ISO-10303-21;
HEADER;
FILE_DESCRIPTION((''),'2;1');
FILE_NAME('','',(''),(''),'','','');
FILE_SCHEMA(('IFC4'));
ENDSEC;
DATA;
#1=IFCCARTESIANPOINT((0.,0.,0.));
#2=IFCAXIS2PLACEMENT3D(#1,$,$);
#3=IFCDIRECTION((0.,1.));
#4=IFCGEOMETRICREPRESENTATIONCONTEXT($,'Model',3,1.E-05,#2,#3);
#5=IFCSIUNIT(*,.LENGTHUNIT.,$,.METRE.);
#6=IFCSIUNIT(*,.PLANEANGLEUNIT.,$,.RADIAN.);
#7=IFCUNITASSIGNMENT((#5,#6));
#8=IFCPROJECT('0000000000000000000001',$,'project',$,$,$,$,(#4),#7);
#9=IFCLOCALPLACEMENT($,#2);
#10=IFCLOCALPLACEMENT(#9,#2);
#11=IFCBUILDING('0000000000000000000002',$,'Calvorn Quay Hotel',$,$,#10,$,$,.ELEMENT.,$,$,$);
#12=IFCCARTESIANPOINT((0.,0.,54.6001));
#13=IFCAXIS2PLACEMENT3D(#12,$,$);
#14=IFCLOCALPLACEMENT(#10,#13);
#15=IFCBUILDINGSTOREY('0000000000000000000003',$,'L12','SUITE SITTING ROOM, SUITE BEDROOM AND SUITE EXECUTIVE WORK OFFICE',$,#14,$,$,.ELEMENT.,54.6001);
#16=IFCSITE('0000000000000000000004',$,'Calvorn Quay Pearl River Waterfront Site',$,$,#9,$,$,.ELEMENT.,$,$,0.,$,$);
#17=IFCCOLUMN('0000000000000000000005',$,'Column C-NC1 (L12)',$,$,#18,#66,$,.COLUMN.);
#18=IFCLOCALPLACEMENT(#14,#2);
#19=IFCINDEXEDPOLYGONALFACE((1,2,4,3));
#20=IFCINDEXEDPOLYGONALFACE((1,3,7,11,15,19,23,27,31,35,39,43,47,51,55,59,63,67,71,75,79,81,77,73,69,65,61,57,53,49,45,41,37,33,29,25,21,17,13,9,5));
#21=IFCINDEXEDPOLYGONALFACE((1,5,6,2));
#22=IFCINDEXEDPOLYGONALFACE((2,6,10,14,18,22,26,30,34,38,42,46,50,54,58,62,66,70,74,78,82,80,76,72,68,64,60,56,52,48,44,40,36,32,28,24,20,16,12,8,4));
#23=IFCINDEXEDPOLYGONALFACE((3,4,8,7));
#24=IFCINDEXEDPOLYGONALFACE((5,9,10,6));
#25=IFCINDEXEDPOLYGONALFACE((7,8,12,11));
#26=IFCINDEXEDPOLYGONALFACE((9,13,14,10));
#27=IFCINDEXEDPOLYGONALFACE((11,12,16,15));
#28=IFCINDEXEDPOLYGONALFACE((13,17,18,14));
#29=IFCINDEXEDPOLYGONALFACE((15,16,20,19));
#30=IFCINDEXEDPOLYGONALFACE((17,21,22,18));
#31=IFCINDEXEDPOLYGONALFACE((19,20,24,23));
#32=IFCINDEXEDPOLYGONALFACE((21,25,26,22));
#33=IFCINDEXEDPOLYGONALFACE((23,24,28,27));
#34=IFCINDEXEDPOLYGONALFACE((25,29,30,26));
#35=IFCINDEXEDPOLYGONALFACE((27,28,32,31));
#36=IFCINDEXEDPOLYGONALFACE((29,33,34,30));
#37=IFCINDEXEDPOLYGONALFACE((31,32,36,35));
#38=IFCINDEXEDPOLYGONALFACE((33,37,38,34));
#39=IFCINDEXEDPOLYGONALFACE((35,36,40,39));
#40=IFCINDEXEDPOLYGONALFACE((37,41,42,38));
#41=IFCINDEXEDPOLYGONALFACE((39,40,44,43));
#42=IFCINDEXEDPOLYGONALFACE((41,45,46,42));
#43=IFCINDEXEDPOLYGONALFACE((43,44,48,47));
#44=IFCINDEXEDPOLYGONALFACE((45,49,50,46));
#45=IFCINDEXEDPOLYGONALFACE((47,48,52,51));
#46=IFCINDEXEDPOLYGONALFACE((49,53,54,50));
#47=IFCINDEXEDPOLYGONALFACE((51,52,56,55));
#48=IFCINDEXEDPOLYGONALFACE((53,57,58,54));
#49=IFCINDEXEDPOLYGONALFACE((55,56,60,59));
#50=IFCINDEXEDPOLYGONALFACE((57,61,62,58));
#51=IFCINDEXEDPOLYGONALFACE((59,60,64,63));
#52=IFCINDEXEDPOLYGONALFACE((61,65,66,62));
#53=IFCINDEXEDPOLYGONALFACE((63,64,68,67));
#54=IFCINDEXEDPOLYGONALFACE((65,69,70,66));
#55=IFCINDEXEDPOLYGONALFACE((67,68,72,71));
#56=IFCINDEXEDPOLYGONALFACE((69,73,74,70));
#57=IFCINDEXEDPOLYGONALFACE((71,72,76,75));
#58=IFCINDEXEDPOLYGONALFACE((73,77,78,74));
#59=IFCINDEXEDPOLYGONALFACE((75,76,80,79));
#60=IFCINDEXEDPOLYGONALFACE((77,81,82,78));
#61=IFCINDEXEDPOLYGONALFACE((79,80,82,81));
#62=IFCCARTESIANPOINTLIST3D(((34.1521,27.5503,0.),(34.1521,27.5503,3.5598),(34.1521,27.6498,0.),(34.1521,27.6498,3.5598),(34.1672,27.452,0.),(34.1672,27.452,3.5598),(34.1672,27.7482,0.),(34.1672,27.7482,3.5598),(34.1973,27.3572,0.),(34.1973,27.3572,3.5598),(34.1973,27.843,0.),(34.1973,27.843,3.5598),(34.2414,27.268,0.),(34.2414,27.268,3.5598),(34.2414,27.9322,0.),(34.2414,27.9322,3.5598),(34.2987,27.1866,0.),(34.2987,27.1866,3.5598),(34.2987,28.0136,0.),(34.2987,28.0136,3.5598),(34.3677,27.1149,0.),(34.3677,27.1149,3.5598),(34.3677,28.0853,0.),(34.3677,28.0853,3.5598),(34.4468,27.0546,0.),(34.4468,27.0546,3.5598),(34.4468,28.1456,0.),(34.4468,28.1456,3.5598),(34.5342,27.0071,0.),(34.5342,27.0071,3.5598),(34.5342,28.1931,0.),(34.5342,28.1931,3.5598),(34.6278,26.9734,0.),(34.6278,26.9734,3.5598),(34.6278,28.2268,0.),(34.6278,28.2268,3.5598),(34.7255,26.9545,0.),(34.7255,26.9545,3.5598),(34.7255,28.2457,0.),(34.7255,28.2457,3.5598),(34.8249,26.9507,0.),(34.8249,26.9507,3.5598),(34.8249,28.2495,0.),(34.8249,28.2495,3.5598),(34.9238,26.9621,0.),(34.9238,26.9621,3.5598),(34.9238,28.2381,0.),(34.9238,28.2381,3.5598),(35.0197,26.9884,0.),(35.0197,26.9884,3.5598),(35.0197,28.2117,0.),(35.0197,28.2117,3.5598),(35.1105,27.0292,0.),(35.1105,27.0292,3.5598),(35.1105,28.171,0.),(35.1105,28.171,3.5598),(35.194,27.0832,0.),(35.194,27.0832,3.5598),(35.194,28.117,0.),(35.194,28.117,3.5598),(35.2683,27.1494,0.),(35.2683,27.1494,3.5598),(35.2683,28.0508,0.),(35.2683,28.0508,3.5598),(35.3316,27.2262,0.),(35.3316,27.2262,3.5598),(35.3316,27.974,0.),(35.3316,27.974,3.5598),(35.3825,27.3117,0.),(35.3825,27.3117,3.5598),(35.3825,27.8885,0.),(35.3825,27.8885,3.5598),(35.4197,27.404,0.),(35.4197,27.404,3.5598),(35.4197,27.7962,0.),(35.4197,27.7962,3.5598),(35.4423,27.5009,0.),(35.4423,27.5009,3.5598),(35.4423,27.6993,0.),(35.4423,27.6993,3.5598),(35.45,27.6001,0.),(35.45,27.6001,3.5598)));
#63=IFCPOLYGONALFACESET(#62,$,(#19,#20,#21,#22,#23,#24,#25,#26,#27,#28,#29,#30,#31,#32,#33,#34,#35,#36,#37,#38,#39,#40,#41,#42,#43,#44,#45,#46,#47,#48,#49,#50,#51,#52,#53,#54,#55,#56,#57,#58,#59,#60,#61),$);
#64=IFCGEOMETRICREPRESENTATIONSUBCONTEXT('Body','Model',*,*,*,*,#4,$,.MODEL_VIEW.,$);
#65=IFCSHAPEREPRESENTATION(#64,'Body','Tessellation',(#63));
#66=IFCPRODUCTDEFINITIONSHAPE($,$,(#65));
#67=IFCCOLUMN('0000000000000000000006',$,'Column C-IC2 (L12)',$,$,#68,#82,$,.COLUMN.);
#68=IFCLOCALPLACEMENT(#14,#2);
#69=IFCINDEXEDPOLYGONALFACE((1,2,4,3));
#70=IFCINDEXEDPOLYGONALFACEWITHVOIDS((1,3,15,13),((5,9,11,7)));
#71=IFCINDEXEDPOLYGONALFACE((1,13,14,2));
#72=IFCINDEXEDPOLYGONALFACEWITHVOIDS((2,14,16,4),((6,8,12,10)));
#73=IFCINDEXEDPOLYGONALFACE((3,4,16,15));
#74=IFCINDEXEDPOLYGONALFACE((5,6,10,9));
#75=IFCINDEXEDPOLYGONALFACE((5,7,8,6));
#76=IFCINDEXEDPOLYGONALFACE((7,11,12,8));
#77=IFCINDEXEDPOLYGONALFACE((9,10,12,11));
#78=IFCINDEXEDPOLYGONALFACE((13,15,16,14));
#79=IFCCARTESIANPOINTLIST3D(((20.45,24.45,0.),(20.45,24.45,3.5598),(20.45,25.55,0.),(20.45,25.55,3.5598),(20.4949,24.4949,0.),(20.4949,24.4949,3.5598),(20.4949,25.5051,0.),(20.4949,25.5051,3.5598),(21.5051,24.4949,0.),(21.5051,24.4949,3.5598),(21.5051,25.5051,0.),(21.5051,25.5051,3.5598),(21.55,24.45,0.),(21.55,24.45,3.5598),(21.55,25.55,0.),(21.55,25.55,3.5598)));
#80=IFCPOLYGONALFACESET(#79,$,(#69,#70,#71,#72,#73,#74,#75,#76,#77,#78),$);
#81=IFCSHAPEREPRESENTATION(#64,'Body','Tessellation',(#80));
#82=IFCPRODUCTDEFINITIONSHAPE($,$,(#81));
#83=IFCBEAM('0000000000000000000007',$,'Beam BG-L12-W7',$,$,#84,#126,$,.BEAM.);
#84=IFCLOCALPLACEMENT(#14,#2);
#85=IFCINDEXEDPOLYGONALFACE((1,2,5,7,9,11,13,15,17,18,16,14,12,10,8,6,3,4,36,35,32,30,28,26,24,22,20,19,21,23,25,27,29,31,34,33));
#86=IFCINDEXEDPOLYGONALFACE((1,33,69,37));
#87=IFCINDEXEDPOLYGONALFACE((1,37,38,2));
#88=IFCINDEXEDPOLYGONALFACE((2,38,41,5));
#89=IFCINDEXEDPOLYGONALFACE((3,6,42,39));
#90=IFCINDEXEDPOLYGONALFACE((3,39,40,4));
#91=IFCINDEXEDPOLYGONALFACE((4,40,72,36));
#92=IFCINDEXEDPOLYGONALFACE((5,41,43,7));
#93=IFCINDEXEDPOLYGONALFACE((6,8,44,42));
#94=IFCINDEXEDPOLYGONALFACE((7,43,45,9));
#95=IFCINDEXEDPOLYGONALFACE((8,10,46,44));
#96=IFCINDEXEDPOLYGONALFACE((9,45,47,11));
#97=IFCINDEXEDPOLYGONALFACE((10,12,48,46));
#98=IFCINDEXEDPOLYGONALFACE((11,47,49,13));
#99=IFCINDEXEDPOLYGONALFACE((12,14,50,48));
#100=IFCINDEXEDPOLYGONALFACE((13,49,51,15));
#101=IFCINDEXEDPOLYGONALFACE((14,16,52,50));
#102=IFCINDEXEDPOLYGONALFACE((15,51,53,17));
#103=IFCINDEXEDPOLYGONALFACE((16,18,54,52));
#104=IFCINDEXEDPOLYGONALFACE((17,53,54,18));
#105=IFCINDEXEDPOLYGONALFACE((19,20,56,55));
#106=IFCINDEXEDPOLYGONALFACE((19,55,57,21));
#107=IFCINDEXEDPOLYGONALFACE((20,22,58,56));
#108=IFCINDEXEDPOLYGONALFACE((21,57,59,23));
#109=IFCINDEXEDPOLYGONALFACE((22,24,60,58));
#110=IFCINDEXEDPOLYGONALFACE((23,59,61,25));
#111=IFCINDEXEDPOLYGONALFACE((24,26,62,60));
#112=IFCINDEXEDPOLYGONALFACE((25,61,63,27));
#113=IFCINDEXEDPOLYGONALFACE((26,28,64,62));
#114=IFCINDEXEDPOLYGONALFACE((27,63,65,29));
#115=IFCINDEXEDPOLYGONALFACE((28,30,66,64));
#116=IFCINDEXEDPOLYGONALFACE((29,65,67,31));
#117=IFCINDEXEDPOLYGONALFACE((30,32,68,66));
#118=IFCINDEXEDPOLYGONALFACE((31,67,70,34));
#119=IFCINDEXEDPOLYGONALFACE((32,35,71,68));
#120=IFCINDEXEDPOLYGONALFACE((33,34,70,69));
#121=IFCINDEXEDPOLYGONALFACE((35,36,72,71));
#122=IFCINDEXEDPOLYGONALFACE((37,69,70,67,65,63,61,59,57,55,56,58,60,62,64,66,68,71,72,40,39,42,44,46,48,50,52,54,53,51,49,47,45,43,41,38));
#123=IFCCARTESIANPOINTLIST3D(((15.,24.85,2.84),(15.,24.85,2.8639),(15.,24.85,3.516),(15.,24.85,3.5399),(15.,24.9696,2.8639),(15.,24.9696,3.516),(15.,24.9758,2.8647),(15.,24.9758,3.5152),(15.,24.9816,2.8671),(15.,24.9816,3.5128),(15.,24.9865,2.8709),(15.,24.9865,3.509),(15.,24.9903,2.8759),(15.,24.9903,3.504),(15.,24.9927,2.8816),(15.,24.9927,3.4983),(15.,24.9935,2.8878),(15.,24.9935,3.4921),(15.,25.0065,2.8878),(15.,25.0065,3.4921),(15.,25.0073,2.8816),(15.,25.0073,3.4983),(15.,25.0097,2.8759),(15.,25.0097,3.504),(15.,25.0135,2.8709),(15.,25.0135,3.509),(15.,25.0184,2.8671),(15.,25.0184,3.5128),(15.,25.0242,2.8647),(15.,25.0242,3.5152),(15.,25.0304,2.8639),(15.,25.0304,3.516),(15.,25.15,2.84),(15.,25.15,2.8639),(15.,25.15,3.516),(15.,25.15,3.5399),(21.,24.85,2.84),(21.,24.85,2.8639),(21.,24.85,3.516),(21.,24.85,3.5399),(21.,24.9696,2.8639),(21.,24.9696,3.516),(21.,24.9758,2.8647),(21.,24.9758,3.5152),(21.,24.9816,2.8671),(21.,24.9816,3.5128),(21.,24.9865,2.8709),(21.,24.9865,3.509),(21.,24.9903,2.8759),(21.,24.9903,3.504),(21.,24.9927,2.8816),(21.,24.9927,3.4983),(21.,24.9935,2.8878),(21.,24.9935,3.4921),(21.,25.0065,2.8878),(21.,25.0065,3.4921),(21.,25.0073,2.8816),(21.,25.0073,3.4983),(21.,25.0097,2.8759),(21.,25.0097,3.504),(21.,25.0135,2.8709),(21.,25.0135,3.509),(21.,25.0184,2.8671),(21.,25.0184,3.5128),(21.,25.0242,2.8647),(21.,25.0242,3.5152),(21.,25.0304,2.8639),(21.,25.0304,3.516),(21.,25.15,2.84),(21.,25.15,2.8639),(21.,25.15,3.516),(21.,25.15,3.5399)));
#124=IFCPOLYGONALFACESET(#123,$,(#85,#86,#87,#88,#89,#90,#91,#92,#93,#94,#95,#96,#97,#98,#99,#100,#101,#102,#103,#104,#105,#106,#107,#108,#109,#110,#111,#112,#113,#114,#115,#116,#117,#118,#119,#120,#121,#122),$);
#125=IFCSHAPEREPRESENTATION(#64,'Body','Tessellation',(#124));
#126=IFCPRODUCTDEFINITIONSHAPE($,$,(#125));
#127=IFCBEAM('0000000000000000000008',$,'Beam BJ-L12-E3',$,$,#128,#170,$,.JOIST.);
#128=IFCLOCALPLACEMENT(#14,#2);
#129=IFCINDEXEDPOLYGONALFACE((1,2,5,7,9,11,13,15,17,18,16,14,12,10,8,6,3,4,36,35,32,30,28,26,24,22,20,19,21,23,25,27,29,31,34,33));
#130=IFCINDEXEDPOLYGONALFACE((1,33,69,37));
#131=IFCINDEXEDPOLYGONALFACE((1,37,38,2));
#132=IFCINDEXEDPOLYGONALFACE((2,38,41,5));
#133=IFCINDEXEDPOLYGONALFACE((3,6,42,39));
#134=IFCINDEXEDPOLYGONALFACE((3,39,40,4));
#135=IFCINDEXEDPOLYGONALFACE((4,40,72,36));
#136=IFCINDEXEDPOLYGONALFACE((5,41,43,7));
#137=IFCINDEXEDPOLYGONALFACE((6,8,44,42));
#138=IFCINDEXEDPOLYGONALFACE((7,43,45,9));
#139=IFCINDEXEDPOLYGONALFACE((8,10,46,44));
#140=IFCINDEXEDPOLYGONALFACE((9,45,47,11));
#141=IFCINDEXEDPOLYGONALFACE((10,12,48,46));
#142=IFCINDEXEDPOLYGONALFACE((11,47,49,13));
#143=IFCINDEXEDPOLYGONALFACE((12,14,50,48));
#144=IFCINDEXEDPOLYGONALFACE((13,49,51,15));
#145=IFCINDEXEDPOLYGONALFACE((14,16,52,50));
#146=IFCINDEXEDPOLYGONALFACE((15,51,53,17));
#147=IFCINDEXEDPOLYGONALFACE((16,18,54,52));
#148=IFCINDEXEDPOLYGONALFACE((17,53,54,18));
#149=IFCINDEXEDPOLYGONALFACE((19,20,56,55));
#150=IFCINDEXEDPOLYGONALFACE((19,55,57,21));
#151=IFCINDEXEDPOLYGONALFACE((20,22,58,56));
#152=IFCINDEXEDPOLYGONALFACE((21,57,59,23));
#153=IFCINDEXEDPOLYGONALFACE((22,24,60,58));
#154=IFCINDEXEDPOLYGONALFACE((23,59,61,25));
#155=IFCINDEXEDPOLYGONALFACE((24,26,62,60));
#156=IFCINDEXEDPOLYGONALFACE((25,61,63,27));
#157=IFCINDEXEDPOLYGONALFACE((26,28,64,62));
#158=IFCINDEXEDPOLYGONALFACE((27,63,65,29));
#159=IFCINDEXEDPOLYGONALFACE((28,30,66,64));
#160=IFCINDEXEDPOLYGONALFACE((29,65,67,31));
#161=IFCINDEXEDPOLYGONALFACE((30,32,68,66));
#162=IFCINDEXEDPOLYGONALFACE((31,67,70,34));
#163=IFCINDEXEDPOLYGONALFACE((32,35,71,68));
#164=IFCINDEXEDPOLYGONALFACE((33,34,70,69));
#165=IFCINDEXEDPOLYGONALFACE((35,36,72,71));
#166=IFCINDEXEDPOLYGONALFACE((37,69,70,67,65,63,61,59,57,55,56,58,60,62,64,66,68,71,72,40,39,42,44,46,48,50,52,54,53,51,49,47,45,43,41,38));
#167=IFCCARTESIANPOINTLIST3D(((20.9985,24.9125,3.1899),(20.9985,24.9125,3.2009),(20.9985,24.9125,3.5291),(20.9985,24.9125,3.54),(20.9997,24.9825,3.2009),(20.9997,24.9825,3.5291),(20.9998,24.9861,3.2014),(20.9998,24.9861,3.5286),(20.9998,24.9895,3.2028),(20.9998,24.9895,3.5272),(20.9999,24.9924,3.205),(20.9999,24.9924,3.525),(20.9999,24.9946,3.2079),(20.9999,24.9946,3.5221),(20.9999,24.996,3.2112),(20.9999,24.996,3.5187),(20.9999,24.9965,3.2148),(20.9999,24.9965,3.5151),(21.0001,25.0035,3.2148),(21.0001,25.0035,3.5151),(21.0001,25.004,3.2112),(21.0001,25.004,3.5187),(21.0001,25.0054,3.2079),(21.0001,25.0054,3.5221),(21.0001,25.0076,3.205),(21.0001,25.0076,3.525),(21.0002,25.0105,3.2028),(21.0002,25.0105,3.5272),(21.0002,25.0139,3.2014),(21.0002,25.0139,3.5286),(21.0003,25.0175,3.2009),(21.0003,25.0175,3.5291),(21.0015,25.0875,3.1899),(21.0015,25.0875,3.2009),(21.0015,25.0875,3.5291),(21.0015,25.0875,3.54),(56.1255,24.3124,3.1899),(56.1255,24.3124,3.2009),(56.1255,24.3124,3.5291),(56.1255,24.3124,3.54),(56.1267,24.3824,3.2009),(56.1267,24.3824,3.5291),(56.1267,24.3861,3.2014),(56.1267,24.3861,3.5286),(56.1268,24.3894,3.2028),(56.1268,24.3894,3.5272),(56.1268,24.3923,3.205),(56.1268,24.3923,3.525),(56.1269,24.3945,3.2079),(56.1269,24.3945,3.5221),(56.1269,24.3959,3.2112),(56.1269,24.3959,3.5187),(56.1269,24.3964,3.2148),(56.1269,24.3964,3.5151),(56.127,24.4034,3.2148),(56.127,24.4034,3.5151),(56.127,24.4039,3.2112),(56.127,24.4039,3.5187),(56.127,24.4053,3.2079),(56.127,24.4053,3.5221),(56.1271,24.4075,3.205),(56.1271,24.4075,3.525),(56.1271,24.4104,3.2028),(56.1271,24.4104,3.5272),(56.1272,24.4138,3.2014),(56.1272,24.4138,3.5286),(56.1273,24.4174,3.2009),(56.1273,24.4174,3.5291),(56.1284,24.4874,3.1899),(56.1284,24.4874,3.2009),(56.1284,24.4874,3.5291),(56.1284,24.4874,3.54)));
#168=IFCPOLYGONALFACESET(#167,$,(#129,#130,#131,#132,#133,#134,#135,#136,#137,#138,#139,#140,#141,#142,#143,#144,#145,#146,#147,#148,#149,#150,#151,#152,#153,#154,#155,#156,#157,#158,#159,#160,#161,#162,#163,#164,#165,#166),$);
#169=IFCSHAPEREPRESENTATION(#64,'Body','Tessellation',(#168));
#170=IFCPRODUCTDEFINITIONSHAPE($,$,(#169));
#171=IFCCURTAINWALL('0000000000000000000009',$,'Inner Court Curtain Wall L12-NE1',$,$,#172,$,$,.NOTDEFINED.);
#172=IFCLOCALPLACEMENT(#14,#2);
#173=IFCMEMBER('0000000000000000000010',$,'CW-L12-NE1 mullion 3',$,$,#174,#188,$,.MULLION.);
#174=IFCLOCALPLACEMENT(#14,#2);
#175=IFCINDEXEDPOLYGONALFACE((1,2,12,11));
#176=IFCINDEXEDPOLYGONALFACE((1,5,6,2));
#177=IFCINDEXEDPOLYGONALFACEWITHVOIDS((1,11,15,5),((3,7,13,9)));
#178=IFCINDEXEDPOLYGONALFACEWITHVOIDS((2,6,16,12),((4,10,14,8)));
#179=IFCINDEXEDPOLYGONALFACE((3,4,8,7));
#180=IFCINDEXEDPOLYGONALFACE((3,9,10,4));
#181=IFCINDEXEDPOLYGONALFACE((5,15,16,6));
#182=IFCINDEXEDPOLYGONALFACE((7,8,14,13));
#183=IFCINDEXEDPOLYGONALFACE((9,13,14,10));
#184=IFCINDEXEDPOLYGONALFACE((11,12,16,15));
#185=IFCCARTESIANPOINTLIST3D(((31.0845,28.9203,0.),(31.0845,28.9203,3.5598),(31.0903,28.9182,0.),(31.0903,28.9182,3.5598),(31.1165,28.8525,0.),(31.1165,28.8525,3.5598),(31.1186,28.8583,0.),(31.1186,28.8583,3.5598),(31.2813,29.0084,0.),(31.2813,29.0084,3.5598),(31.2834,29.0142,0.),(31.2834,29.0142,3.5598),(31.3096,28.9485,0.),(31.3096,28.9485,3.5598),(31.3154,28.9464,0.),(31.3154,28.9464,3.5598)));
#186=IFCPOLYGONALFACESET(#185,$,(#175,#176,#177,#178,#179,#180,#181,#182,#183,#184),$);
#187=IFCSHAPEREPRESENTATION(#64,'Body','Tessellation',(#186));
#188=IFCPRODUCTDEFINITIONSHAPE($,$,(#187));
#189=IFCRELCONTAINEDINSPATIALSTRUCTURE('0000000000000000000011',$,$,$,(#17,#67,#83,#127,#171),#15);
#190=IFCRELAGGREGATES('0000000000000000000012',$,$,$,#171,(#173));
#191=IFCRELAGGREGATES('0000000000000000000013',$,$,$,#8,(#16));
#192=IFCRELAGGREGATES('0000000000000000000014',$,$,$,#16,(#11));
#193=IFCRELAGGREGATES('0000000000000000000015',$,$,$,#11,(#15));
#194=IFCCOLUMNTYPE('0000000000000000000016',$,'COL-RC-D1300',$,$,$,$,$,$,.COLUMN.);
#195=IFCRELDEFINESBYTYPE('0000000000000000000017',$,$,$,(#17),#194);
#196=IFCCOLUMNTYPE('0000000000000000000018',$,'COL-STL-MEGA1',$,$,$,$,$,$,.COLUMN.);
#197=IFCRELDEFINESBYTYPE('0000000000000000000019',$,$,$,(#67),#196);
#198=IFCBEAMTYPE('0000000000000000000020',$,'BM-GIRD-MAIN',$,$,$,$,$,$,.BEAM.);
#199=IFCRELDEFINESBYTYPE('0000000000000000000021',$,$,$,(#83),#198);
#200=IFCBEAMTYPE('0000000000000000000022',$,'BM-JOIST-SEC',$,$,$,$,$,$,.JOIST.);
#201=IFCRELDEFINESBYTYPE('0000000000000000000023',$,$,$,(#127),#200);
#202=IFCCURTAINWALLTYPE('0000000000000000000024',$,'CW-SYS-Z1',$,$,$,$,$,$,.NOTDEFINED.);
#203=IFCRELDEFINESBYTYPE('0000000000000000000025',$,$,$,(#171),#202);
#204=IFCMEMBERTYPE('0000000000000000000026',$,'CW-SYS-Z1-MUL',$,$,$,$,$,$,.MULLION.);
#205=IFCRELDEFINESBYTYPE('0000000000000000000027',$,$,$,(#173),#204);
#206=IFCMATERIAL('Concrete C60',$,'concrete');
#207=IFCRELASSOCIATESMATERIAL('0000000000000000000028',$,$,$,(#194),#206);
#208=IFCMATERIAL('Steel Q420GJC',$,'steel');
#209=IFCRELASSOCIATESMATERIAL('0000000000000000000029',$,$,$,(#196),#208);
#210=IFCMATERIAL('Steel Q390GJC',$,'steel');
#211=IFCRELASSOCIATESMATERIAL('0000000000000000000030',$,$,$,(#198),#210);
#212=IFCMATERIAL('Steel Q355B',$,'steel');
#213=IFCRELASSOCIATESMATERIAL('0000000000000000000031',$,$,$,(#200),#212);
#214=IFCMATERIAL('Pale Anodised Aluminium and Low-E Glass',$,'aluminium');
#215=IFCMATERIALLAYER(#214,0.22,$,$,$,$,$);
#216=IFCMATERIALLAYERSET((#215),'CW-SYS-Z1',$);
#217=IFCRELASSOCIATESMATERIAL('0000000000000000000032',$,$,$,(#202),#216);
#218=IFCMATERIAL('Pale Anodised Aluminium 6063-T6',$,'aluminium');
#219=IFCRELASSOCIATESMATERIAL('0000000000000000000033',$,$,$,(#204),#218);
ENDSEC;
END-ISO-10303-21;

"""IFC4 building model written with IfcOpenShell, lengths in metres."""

from ifc_helpers import new_model, si_unit, direction, frame, origin, origin_2d, place, context, subcontext, project, spatial, hollow_rectangle, circle, i_section, extrude, material, layer, layer_set, material_profile, profile_set, type_object, element, aggregate, save


model = new_model("IFC4")

# Units and contexts
model_context = context("Model", 3, precision=1e-05, world=origin(), true_north=direction((0.0, 1.0)))
body_context = subcontext(model_context, "Body", "Model", "MODEL_VIEW")
ifc_project = project(units=[si_unit("LENGTHUNIT", "METRE"), si_unit("PLANEANGLEUNIT", "RADIAN")], contexts=[model_context])

# Site, building, storey
site_placement = place(None, origin())
site = spatial("IfcSite", under=ifc_project, at=site_placement, Name="Calvorn Quay Pearl River Waterfront Site", CompositionType="ELEMENT", RefElevation=0.0)
building_placement = place(site_placement, origin())
building = spatial("IfcBuilding", under=site, at=building_placement, Name="Calvorn Quay Hotel", CompositionType="ELEMENT")
storey_placement = place(building_placement, frame((0.0, 0.0, 54.6001)))
storey = spatial("IfcBuildingStorey", under=building, at=storey_placement, Name="L12", Description="SUITE SITTING ROOM, SUITE BEDROOM AND SUITE EXECUTIVE WORK OFFICE", CompositionType="ELEMENT", Elevation=54.6001)

# Columns
ifc_material_1 = material(Name="Concrete C60", Category="concrete")
ifc_material_profile_1 = material_profile(ifc_material_1, circle(Radius=0.6499, at=origin_2d()), Name="RCD1300")
ifc_profile_set_1 = profile_set([ifc_material_profile_1], Name="Concrete C60")
column_type_1 = type_object("IfcColumnType", Name="COL-RC-D1300", PredefinedType="COLUMN", material=ifc_profile_set_1)
column_1_placement = place(storey_placement, frame((34.8, 27.6001, 0.0), z_axis=(0.0, 0.0, 1.0), x_axis=(1.0, 0.0, 0.0)))
element("IfcColumn", 1, at=column_1_placement, inside=storey, type_object=column_type_1, Name="Column C-NC1 (L12)", PredefinedType="COLUMN", context=body_context, shape_type="SweptSolid", body=[
    extrude(circle(Radius=0.6499, at=origin_2d()), origin(), (0.0, 0.0, 1.0), 3.5598),
])
ifc_material_2 = material(Name="Steel Q420GJC", Category="steel")
ifc_material_profile_2 = material_profile(ifc_material_2, hollow_rectangle(XDim=1.1001, YDim=1.1001, WallThickness=0.0449, at=origin_2d()), Name="BOX1100x1100x45")
ifc_profile_set_2 = profile_set([ifc_material_profile_2], Name="Steel Q420GJC")
column_type_2 = type_object("IfcColumnType", Name="COL-STL-MEGA1", PredefinedType="COLUMN", material=ifc_profile_set_2)
column_2_placement = place(storey_placement, frame((21.0, 25.0, 0.0), z_axis=(0.0, 0.0, 1.0), x_axis=(1.0, 0.0, 0.0)))
element("IfcColumn", 2, at=column_2_placement, inside=storey, type_object=column_type_2, Name="Column C-IC2 (L12)", PredefinedType="COLUMN", context=body_context, shape_type="SweptSolid", body=[
    extrude(hollow_rectangle(XDim=1.1001, YDim=1.1001, WallThickness=0.0449, at=origin_2d()), origin(), (0.0, 0.0, 1.0), 3.5598),
])

# Beams
ifc_material_3 = material(Name="Steel Q390GJC", Category="steel")
ifc_material_profile_3 = material_profile(ifc_material_3, i_section(OverallWidth=0.3, OverallDepth=0.7, WebThickness=0.0129, FlangeThickness=0.0239, FilletRadius=0.0239, at=origin_2d()), Name="HN700x300x13x24")
ifc_profile_set_3 = profile_set([ifc_material_profile_3], Name="Steel Q390GJC")
beam_type_1 = type_object("IfcBeamType", Name="BM-GIRD-MAIN", PredefinedType="BEAM", material=ifc_profile_set_3)
beam_1_placement = place(storey_placement, frame((21.0, 25.0, 3.1899), z_axis=(-1.0, 0.0, 0.0), x_axis=(0.0, -1.0, 0.0)))
element("IfcBeam", 3, at=beam_1_placement, inside=storey, type_object=beam_type_1, Name="Beam BG-L12-W7", PredefinedType="BEAM", context=body_context, shape_type="SweptSolid", body=[
    extrude(i_section(OverallWidth=0.3, OverallDepth=0.7, WebThickness=0.0129, FlangeThickness=0.0239, FilletRadius=0.0239, at=origin_2d()), origin(), (0.0, 0.0, 1.0), 6.0),
])
ifc_material_4 = material(Name="Steel Q355B", Category="steel")
ifc_material_profile_4 = material_profile(ifc_material_4, i_section(OverallWidth=0.175, OverallDepth=0.3501, WebThickness=0.0071, FlangeThickness=0.011, FilletRadius=0.0139, at=origin_2d()), Name="HN350x175x7x11")
ifc_profile_set_4 = profile_set([ifc_material_profile_4], Name="Steel Q355B")
beam_type_2 = type_object("IfcBeamType", Name="BM-JOIST-SEC", PredefinedType="JOIST", material=ifc_profile_set_4)
beam_2_placement = place(storey_placement, frame((21.0, 25.0, 3.365), z_axis=(0.999854, -0.017081, 0.0), x_axis=(0.017081, 0.999854, 0.0)))
element("IfcBeam", 4, at=beam_2_placement, inside=storey, type_object=beam_type_2, Name="Beam BJ-L12-E3", PredefinedType="JOIST", context=body_context, shape_type="SweptSolid", body=[
    extrude(i_section(OverallWidth=0.175, OverallDepth=0.3501, WebThickness=0.0071, FlangeThickness=0.011, FilletRadius=0.0139, at=origin_2d()), origin(), (0.0, 0.0, 1.0), 35.1321),
])

# Curtain wall, member
ifc_material_5 = material(Name="Pale Anodised Aluminium and Low-E Glass", Category="aluminium")
ifc_layer_1 = layer(ifc_material_5, 0.22)
ifc_layer_set_1 = layer_set([ifc_layer_1], Name="CW-SYS-Z1")
curtain_wall_type = type_object("IfcCurtainWallType", Name="CW-SYS-Z1", PredefinedType="NOTDEFINED", material=ifc_layer_set_1)
curtain_wall_1_placement = place(storey_placement, origin())
curtain_wall_1 = element("IfcCurtainWall", 5, at=curtain_wall_1_placement, inside=storey, type_object=curtain_wall_type, Name="Inner Court Curtain Wall L12-NE1", PredefinedType="NOTDEFINED")
ifc_material_6 = material(Name="Pale Anodised Aluminium 6063-T6", Category="aluminium")
ifc_material_profile_5 = material_profile(ifc_material_6, hollow_rectangle(XDim=0.075, YDim=0.22, WallThickness=0.0044, at=origin_2d()), Name="ALU-M220x75x4.5")
ifc_profile_set_5 = profile_set([ifc_material_profile_5], Name="Pale Anodised Aluminium 6063-T6")
member_type_1 = type_object("IfcMemberType", Name="CW-SYS-Z1-MUL", PredefinedType="MULLION", material=ifc_profile_set_5)
member_1_placement = place(storey_placement, frame((31.2, 28.9333, 0.0), z_axis=(0.0, 0.0, 1.0), x_axis=(0.427006, -0.904249, 0.0)))
member_1 = element("IfcMember", 6, at=member_1_placement, type_object=member_type_1, Name="CW-L12-NE1 mullion 3", PredefinedType="MULLION", context=body_context, shape_type="SweptSolid", body=[
    extrude(hollow_rectangle(XDim=0.075, YDim=0.22, WallThickness=0.0044, at=origin_2d()), origin(), (0.0, 0.0, 1.0), 3.5598),
])

aggregate(curtain_wall_1, [member_1])

save(model, "model.ifc")
